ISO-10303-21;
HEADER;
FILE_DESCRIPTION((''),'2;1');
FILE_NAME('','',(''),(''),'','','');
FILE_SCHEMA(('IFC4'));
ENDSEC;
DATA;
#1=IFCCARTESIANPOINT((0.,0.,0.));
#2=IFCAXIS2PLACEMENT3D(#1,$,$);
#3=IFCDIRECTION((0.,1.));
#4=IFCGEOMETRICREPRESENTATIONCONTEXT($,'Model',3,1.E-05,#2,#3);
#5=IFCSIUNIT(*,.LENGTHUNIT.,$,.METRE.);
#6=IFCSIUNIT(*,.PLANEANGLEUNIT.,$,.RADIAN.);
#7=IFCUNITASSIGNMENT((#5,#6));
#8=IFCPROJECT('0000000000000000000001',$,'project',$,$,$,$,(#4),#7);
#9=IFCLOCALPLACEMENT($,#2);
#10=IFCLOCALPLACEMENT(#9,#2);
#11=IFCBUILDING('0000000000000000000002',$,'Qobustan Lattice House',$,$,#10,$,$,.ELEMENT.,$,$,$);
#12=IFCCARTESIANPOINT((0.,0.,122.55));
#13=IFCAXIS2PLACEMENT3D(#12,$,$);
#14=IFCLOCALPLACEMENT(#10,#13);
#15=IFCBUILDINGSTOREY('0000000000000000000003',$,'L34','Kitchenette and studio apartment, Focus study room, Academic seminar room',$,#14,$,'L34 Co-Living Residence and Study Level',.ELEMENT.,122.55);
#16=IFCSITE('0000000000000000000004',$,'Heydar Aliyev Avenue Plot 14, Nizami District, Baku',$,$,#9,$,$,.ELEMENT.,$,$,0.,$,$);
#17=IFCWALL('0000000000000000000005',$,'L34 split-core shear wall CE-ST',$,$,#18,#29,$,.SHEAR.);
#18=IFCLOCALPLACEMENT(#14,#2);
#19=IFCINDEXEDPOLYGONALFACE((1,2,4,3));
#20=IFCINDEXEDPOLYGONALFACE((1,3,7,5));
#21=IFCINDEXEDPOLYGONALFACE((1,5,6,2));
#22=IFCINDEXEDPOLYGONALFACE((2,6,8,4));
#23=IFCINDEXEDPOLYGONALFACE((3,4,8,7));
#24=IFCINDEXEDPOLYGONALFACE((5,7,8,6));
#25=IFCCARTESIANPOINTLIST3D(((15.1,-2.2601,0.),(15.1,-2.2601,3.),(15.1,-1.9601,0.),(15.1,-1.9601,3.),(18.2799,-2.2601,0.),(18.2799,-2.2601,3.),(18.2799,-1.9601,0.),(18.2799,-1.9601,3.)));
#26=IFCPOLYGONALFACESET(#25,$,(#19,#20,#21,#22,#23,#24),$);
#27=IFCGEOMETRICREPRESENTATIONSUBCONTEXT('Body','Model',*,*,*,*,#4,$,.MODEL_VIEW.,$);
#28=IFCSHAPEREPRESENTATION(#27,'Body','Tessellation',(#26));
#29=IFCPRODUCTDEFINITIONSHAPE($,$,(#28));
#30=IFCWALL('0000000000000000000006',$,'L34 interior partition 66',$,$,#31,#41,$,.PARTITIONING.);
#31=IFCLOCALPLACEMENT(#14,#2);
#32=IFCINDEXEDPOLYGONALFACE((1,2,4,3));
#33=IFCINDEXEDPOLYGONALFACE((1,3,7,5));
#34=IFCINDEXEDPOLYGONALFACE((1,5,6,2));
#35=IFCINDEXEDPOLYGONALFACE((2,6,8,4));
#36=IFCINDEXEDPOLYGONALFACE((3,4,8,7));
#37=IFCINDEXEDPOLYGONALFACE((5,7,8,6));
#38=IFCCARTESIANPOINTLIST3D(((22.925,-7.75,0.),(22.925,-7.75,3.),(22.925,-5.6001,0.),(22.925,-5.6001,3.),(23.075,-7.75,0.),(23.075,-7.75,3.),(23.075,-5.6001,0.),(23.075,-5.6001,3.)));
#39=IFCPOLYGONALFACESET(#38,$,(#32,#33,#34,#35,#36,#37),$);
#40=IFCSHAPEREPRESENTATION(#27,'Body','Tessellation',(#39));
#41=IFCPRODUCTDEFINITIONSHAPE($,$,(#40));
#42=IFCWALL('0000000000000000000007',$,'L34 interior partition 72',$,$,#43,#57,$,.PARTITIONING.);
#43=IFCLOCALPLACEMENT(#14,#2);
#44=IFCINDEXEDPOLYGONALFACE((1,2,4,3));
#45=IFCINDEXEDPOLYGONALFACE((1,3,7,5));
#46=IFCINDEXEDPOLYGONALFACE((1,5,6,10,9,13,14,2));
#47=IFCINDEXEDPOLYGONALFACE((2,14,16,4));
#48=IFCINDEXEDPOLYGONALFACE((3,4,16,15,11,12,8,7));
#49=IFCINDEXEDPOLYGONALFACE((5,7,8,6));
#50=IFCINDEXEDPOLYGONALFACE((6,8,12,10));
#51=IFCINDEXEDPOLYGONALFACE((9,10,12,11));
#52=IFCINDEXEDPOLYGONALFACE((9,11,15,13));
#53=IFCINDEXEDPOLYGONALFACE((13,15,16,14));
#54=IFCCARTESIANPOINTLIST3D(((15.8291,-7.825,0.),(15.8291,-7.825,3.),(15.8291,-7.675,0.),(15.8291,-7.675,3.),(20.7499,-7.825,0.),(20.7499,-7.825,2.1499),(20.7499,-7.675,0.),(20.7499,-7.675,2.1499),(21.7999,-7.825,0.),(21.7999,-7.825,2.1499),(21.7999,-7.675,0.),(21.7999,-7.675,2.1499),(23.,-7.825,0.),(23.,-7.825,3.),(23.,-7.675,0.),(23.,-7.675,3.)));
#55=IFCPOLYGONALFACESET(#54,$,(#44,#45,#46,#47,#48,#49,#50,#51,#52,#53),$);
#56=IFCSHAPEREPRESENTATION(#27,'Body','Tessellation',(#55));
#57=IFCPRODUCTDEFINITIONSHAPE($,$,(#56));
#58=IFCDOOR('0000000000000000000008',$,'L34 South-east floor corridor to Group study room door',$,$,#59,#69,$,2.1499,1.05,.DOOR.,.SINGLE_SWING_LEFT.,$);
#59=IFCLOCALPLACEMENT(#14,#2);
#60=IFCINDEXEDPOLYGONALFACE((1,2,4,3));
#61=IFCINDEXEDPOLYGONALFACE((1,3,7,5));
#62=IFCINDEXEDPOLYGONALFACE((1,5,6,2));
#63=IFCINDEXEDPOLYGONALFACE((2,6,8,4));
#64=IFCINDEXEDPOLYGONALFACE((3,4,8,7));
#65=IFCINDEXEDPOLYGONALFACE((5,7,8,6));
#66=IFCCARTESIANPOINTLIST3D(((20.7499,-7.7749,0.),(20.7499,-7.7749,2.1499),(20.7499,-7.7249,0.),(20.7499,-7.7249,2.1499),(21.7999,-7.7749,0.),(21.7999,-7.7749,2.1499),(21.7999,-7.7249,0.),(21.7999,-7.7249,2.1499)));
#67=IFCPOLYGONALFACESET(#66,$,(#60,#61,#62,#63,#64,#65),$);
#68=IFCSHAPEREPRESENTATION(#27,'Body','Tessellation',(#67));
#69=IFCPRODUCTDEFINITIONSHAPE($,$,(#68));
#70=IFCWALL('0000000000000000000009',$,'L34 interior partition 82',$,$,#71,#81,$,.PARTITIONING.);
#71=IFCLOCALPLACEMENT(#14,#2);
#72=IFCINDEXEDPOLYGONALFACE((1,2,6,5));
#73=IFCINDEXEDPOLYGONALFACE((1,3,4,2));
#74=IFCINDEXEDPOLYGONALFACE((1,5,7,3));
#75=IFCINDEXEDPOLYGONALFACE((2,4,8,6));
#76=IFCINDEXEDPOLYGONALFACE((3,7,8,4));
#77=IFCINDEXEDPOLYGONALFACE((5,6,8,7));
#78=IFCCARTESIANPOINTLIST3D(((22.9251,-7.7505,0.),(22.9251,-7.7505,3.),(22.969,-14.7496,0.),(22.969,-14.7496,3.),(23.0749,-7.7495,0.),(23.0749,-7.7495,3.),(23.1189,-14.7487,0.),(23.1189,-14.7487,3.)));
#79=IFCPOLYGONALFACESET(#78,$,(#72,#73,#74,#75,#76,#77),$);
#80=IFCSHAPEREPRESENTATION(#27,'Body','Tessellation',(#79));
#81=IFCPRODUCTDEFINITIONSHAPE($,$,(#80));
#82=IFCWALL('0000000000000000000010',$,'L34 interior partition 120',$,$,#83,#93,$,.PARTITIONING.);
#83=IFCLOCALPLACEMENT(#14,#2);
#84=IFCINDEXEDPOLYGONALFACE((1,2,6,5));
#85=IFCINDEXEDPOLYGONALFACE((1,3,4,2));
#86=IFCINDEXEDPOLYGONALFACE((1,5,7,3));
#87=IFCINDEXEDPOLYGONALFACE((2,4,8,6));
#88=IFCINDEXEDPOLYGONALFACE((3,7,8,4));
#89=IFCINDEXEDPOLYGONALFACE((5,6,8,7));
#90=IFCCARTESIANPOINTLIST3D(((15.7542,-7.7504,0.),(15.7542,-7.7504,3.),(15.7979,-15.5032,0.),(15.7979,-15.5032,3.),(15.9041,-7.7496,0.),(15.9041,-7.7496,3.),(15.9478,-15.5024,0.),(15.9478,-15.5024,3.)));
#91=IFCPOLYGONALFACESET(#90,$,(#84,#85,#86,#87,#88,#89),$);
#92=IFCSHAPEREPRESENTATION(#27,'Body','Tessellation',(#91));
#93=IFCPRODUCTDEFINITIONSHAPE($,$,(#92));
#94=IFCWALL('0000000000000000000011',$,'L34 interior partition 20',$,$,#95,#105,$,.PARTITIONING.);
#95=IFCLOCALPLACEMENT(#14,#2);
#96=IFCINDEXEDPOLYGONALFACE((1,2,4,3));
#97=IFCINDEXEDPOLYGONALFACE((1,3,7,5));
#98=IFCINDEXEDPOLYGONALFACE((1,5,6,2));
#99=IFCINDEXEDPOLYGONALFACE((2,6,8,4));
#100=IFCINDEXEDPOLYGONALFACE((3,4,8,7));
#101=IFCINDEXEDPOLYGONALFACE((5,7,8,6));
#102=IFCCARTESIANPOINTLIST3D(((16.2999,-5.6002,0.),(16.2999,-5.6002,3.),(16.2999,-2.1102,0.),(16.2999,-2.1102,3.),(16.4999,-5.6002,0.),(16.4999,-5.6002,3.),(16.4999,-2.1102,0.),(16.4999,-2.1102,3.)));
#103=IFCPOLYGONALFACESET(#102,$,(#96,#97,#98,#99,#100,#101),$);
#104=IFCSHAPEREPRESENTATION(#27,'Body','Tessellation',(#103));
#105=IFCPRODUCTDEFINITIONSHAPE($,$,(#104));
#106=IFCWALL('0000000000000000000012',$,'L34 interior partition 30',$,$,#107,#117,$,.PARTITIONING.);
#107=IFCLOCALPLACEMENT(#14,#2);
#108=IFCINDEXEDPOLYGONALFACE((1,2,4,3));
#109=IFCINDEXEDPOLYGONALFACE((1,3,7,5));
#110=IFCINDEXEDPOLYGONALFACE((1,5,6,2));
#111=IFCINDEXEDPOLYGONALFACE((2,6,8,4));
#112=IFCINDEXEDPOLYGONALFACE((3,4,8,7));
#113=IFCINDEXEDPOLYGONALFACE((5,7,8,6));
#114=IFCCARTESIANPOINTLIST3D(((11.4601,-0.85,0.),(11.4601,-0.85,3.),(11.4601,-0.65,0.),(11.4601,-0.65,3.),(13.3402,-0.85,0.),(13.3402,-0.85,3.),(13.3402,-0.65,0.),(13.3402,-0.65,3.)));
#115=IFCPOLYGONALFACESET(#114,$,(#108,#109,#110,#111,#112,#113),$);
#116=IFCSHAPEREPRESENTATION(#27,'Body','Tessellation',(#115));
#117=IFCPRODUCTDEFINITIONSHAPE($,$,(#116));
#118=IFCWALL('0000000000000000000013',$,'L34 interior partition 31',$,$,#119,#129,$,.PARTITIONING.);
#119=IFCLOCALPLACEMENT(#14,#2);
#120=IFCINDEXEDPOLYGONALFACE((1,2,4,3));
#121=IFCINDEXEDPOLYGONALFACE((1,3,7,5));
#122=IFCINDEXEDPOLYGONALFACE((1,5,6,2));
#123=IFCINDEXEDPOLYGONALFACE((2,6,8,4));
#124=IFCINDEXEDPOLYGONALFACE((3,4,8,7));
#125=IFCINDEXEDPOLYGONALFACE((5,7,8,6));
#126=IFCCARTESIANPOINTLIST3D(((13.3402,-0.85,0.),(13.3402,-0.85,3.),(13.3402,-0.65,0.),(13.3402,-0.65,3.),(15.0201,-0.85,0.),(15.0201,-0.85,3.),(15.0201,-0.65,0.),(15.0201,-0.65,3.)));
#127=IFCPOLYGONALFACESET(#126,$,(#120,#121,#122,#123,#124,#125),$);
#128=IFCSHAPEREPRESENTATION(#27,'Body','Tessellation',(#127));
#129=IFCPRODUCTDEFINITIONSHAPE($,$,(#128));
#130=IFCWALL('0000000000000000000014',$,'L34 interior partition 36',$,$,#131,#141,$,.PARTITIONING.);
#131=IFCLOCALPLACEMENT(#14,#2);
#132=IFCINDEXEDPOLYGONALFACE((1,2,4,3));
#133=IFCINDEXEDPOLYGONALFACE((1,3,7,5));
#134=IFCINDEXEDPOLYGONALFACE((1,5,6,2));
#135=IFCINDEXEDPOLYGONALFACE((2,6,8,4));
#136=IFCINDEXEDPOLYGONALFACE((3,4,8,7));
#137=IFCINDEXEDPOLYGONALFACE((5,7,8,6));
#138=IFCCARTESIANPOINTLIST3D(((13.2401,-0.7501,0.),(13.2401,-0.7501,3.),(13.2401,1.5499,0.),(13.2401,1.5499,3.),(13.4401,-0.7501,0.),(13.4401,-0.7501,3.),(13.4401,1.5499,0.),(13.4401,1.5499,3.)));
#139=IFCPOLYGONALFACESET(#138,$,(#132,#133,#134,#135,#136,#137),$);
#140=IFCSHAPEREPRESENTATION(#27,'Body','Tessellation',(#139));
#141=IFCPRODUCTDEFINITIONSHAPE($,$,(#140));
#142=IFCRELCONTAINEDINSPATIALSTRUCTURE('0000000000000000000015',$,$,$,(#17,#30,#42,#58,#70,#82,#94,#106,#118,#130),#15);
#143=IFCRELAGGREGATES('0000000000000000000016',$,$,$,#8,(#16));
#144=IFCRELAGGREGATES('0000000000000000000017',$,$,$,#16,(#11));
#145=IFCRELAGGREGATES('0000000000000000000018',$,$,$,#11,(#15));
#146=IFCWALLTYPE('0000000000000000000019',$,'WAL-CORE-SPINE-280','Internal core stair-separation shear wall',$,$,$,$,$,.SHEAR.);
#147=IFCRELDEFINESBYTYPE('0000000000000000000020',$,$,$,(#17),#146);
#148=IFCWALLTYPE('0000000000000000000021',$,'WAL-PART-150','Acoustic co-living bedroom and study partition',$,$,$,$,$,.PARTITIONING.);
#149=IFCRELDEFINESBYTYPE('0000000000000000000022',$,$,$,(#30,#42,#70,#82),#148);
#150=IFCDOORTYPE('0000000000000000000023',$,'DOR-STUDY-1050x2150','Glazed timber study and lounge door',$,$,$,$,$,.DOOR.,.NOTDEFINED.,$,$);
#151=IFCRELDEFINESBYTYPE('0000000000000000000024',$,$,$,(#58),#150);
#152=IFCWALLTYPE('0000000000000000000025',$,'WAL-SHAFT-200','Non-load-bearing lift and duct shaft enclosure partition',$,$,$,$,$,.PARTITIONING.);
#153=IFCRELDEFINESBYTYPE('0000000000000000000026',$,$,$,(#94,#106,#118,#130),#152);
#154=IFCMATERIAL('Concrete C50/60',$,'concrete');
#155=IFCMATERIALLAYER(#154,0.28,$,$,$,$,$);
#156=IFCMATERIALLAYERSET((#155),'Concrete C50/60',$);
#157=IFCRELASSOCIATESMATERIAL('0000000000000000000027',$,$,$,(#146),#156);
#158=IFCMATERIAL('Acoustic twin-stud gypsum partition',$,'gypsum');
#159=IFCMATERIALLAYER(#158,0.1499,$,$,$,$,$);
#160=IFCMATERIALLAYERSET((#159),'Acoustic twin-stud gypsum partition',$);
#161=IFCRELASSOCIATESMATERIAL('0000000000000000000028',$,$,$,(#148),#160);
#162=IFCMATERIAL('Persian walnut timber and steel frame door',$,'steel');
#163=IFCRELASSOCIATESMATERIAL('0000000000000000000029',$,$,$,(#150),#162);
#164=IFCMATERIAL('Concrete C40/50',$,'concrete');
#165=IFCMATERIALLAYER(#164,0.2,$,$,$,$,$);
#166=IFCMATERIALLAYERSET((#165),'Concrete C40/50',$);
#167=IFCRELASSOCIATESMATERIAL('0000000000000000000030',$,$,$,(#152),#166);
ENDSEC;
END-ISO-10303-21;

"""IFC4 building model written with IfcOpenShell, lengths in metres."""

from ifc_helpers import new_model, si_unit, direction, frame, frame_2d, origin, place, context, subcontext, project, spatial, rectangle, extrude, material, layer, layer_set, type_object, element, fill, save


model = new_model("IFC4")

# Units and contexts
model_context = context("Model", 3, precision=1e-05, world=origin(), true_north=direction((0.0, 1.0)))
body_context = subcontext(model_context, "Body", "Model", "MODEL_VIEW")
ifc_project = project(units=[si_unit("LENGTHUNIT", "METRE"), si_unit("PLANEANGLEUNIT", "RADIAN")], contexts=[model_context])

# Site, building, storey
site_placement = place(None, origin())
site = spatial("IfcSite", under=ifc_project, at=site_placement, Name="Heydar Aliyev Avenue Plot 14, Nizami District, Baku", CompositionType="ELEMENT", RefElevation=0.0)
building_placement = place(site_placement, origin())
building = spatial("IfcBuilding", under=site, at=building_placement, Name="Qobustan Lattice House", CompositionType="ELEMENT")
storey_placement = place(building_placement, frame((0.0, 0.0, 122.55)))
storey = spatial("IfcBuildingStorey", under=building, at=storey_placement, Name="L34", Description="Kitchenette and studio apartment, Focus study room, Academic seminar room", LongName="L34 Co-Living Residence and Study Level", CompositionType="ELEMENT", Elevation=122.55)

# Wall
ifc_material_1 = material(Name="Concrete C50/60", Category="concrete")
ifc_layer_1 = layer(ifc_material_1, 0.28)
ifc_layer_set_1 = layer_set([ifc_layer_1], Name="Concrete C50/60")
wall_type_1 = type_object("IfcWallType", Name="WAL-CORE-SPINE-280", Description="Internal core stair-separation shear wall", PredefinedType="SHEAR", material=ifc_layer_set_1)
wall_1_placement = place(storey_placement, frame((15.1001, -2.1101, 0.0), z_axis=(0.0, 0.0, 1.0), x_axis=(1.0, 0.0, 0.0)))
element("IfcWall", 1, at=wall_1_placement, inside=storey, type_object=wall_type_1, Name="L34 split-core shear wall CE-ST", PredefinedType="SHEAR", context=body_context, shape_type="SweptSolid", body=[
    extrude(rectangle(XDim=3.1799, YDim=0.3, at=frame_2d((1.5898, 0.0))), origin(), (0.0, 0.0, 1.0), 3.0),
])

# Shared definitions
ifc_material_2 = material(Name="Acoustic twin-stud gypsum partition", Category="gypsum")
ifc_layer_2 = layer(ifc_material_2, 0.1499)
ifc_layer_set_2 = layer_set([ifc_layer_2], Name="Acoustic twin-stud gypsum partition")
wall_type_2 = type_object("IfcWallType", Name="WAL-PART-150", Description="Acoustic co-living bedroom and study partition", PredefinedType="PARTITIONING", material=ifc_layer_set_2)
ifc_material_3 = material(Name="Persian walnut timber and steel frame door", Category="steel")
door_type_1 = type_object("IfcDoorType", Name="DOR-STUDY-1050x2150", Description="Glazed timber study and lounge door", OperationType="NOTDEFINED", PredefinedType="DOOR", material=ifc_material_3)

# Wall
wall_2_placement = place(storey_placement, frame((23.0, -5.6001, 0.0), z_axis=(0.0, 0.0, 1.0), x_axis=(0.0, -1.0, 0.0)))
element("IfcWall", 2, at=wall_2_placement, inside=storey, type_object=wall_type_2, Name="L34 interior partition 66", PredefinedType="PARTITIONING", context=body_context, shape_type="SweptSolid", body=[
    extrude(rectangle(XDim=2.1499, YDim=0.1499, at=frame_2d((1.075, 0.0))), origin(), (0.0, 0.0, 1.0), 3.0),
])

# Wall, opening, door
wall_3_placement = place(storey_placement, frame((23.0, -7.75, 0.0), z_axis=(0.0, 0.0, 1.0), x_axis=(-1.0, 0.0, 0.0)))
wall_3 = element("IfcWall", 3, at=wall_3_placement, inside=storey, type_object=wall_type_2, Name="L34 interior partition 72", PredefinedType="PARTITIONING", context=body_context, shape_type="SweptSolid", body=[
    extrude(rectangle(XDim=7.1709, YDim=0.1499, at=frame_2d((3.5854, 0.0))), origin(), (0.0, 0.0, 1.0), 3.0),
])
opening_1_placement = place(wall_3_placement, frame((1.2002, 0.0, 0.0)))
opening_1 = element("IfcOpeningElement", 4, at=opening_1_placement, cuts=wall_3, PredefinedType="OPENING", context=body_context, shape_type="SweptSolid", body=[
    extrude(rectangle(XDim=1.05, YDim=2.1499, at=frame_2d((0.5249, 1.075))), frame((0.0, 0.085, 0.0), z_axis=(0.0, -1.0, 0.0), x_axis=(1.0, 0.0, 0.0)), (0.0, 0.0, 1.0), 0.1699),
])
door_1_placement = place(opening_1_placement, origin())
door_1 = element("IfcDoor", 5, at=door_1_placement, inside=storey, type_object=door_type_1, Name="L34 South-east floor corridor to Group study room door", OperationType="SINGLE_SWING_LEFT", OverallHeight=2.1499, OverallWidth=1.05, PredefinedType="DOOR", context=body_context, shape_type="SweptSolid", body=[
    extrude(rectangle(XDim=1.05, YDim=2.1499, at=frame_2d((0.5249, 1.075))), frame((0.0, 0.0249, 0.0), z_axis=(0.0, -1.0, 0.0), x_axis=(1.0, 0.0, 0.0)), (0.0, 0.0, 1.0), 0.05),
])
fill(opening_1, door_1)

# Walls
wall_4_placement = place(storey_placement, frame((23.0439, -14.749, 0.0), z_axis=(0.0, 0.0, 1.0), x_axis=(-0.006279, 0.99998, 0.0)))
element("IfcWall", 6, at=wall_4_placement, inside=storey, type_object=wall_type_2, Name="L34 interior partition 82", PredefinedType="PARTITIONING", context=body_context, shape_type="SweptSolid", body=[
    extrude(rectangle(XDim=6.9993, YDim=0.1499, at=frame_2d((3.4995, 0.0))), origin(), (0.0, 0.0, 1.0), 3.0),
])
wall_5_placement = place(storey_placement, frame((15.8291, -7.75, 0.0), z_axis=(0.0, 0.0, 1.0), x_axis=(0.005637, -0.999984, 0.0)))
element("IfcWall", 7, at=wall_5_placement, inside=storey, type_object=wall_type_2, Name="L34 interior partition 120", PredefinedType="PARTITIONING", context=body_context, shape_type="SweptSolid", body=[
    extrude(rectangle(XDim=7.7529, YDim=0.1499, at=frame_2d((3.8765, 0.0))), origin(), (0.0, 0.0, 1.0), 3.0),
])
ifc_material_4 = material(Name="Concrete C40/50", Category="concrete")
ifc_layer_3 = layer(ifc_material_4, 0.2)
ifc_layer_set_3 = layer_set([ifc_layer_3], Name="Concrete C40/50")
wall_type_3 = type_object("IfcWallType", Name="WAL-SHAFT-200", Description="Non-load-bearing lift and duct shaft enclosure partition", PredefinedType="PARTITIONING", material=ifc_layer_set_3)
wall_6_placement = place(storey_placement, frame((16.3999, -2.1101, 0.0), z_axis=(0.0, 0.0, 1.0), x_axis=(0.0, -1.0, 0.0)))
element("IfcWall", 8, at=wall_6_placement, inside=storey, type_object=wall_type_3, Name="L34 interior partition 20", PredefinedType="PARTITIONING", context=body_context, shape_type="SweptSolid", body=[
    extrude(rectangle(XDim=3.49, YDim=0.2, at=frame_2d((1.7451, 0.0))), origin(), (0.0, 0.0, 1.0), 3.0),
])
wall_7_placement = place(storey_placement, frame((13.3401, -0.75, 0.0), z_axis=(0.0, 0.0, 1.0), x_axis=(-1.0, 0.0, 0.0)))
element("IfcWall", 9, at=wall_7_placement, inside=storey, type_object=wall_type_3, Name="L34 interior partition 30", PredefinedType="PARTITIONING", context=body_context, shape_type="SweptSolid", body=[
    extrude(rectangle(XDim=1.8801, YDim=0.2, at=frame_2d((0.9399, 0.0))), origin(), (0.0, 0.0, 1.0), 3.0),
])
wall_8_placement = place(storey_placement, frame((15.02, -0.75, 0.0), z_axis=(0.0, 0.0, 1.0), x_axis=(-1.0, 0.0, 0.0)))
element("IfcWall", 10, at=wall_8_placement, inside=storey, type_object=wall_type_3, Name="L34 interior partition 31", PredefinedType="PARTITIONING", context=body_context, shape_type="SweptSolid", body=[
    extrude(rectangle(XDim=1.6799, YDim=0.2, at=frame_2d((0.8398, 0.0))), origin(), (0.0, 0.0, 1.0), 3.0),
])
wall_9_placement = place(storey_placement, frame((13.3401, -0.75, 0.0), z_axis=(0.0, 0.0, 1.0), x_axis=(0.0, 1.0, 0.0)))
element("IfcWall", 11, at=wall_9_placement, inside=storey, type_object=wall_type_3, Name="L34 interior partition 36", PredefinedType="PARTITIONING", context=body_context, shape_type="SweptSolid", body=[
    extrude(rectangle(XDim=2.3, YDim=0.2, at=frame_2d((1.1499, 0.0))), origin(), (0.0, 0.0, 1.0), 3.0),
])

save(model, "model.ifc")
